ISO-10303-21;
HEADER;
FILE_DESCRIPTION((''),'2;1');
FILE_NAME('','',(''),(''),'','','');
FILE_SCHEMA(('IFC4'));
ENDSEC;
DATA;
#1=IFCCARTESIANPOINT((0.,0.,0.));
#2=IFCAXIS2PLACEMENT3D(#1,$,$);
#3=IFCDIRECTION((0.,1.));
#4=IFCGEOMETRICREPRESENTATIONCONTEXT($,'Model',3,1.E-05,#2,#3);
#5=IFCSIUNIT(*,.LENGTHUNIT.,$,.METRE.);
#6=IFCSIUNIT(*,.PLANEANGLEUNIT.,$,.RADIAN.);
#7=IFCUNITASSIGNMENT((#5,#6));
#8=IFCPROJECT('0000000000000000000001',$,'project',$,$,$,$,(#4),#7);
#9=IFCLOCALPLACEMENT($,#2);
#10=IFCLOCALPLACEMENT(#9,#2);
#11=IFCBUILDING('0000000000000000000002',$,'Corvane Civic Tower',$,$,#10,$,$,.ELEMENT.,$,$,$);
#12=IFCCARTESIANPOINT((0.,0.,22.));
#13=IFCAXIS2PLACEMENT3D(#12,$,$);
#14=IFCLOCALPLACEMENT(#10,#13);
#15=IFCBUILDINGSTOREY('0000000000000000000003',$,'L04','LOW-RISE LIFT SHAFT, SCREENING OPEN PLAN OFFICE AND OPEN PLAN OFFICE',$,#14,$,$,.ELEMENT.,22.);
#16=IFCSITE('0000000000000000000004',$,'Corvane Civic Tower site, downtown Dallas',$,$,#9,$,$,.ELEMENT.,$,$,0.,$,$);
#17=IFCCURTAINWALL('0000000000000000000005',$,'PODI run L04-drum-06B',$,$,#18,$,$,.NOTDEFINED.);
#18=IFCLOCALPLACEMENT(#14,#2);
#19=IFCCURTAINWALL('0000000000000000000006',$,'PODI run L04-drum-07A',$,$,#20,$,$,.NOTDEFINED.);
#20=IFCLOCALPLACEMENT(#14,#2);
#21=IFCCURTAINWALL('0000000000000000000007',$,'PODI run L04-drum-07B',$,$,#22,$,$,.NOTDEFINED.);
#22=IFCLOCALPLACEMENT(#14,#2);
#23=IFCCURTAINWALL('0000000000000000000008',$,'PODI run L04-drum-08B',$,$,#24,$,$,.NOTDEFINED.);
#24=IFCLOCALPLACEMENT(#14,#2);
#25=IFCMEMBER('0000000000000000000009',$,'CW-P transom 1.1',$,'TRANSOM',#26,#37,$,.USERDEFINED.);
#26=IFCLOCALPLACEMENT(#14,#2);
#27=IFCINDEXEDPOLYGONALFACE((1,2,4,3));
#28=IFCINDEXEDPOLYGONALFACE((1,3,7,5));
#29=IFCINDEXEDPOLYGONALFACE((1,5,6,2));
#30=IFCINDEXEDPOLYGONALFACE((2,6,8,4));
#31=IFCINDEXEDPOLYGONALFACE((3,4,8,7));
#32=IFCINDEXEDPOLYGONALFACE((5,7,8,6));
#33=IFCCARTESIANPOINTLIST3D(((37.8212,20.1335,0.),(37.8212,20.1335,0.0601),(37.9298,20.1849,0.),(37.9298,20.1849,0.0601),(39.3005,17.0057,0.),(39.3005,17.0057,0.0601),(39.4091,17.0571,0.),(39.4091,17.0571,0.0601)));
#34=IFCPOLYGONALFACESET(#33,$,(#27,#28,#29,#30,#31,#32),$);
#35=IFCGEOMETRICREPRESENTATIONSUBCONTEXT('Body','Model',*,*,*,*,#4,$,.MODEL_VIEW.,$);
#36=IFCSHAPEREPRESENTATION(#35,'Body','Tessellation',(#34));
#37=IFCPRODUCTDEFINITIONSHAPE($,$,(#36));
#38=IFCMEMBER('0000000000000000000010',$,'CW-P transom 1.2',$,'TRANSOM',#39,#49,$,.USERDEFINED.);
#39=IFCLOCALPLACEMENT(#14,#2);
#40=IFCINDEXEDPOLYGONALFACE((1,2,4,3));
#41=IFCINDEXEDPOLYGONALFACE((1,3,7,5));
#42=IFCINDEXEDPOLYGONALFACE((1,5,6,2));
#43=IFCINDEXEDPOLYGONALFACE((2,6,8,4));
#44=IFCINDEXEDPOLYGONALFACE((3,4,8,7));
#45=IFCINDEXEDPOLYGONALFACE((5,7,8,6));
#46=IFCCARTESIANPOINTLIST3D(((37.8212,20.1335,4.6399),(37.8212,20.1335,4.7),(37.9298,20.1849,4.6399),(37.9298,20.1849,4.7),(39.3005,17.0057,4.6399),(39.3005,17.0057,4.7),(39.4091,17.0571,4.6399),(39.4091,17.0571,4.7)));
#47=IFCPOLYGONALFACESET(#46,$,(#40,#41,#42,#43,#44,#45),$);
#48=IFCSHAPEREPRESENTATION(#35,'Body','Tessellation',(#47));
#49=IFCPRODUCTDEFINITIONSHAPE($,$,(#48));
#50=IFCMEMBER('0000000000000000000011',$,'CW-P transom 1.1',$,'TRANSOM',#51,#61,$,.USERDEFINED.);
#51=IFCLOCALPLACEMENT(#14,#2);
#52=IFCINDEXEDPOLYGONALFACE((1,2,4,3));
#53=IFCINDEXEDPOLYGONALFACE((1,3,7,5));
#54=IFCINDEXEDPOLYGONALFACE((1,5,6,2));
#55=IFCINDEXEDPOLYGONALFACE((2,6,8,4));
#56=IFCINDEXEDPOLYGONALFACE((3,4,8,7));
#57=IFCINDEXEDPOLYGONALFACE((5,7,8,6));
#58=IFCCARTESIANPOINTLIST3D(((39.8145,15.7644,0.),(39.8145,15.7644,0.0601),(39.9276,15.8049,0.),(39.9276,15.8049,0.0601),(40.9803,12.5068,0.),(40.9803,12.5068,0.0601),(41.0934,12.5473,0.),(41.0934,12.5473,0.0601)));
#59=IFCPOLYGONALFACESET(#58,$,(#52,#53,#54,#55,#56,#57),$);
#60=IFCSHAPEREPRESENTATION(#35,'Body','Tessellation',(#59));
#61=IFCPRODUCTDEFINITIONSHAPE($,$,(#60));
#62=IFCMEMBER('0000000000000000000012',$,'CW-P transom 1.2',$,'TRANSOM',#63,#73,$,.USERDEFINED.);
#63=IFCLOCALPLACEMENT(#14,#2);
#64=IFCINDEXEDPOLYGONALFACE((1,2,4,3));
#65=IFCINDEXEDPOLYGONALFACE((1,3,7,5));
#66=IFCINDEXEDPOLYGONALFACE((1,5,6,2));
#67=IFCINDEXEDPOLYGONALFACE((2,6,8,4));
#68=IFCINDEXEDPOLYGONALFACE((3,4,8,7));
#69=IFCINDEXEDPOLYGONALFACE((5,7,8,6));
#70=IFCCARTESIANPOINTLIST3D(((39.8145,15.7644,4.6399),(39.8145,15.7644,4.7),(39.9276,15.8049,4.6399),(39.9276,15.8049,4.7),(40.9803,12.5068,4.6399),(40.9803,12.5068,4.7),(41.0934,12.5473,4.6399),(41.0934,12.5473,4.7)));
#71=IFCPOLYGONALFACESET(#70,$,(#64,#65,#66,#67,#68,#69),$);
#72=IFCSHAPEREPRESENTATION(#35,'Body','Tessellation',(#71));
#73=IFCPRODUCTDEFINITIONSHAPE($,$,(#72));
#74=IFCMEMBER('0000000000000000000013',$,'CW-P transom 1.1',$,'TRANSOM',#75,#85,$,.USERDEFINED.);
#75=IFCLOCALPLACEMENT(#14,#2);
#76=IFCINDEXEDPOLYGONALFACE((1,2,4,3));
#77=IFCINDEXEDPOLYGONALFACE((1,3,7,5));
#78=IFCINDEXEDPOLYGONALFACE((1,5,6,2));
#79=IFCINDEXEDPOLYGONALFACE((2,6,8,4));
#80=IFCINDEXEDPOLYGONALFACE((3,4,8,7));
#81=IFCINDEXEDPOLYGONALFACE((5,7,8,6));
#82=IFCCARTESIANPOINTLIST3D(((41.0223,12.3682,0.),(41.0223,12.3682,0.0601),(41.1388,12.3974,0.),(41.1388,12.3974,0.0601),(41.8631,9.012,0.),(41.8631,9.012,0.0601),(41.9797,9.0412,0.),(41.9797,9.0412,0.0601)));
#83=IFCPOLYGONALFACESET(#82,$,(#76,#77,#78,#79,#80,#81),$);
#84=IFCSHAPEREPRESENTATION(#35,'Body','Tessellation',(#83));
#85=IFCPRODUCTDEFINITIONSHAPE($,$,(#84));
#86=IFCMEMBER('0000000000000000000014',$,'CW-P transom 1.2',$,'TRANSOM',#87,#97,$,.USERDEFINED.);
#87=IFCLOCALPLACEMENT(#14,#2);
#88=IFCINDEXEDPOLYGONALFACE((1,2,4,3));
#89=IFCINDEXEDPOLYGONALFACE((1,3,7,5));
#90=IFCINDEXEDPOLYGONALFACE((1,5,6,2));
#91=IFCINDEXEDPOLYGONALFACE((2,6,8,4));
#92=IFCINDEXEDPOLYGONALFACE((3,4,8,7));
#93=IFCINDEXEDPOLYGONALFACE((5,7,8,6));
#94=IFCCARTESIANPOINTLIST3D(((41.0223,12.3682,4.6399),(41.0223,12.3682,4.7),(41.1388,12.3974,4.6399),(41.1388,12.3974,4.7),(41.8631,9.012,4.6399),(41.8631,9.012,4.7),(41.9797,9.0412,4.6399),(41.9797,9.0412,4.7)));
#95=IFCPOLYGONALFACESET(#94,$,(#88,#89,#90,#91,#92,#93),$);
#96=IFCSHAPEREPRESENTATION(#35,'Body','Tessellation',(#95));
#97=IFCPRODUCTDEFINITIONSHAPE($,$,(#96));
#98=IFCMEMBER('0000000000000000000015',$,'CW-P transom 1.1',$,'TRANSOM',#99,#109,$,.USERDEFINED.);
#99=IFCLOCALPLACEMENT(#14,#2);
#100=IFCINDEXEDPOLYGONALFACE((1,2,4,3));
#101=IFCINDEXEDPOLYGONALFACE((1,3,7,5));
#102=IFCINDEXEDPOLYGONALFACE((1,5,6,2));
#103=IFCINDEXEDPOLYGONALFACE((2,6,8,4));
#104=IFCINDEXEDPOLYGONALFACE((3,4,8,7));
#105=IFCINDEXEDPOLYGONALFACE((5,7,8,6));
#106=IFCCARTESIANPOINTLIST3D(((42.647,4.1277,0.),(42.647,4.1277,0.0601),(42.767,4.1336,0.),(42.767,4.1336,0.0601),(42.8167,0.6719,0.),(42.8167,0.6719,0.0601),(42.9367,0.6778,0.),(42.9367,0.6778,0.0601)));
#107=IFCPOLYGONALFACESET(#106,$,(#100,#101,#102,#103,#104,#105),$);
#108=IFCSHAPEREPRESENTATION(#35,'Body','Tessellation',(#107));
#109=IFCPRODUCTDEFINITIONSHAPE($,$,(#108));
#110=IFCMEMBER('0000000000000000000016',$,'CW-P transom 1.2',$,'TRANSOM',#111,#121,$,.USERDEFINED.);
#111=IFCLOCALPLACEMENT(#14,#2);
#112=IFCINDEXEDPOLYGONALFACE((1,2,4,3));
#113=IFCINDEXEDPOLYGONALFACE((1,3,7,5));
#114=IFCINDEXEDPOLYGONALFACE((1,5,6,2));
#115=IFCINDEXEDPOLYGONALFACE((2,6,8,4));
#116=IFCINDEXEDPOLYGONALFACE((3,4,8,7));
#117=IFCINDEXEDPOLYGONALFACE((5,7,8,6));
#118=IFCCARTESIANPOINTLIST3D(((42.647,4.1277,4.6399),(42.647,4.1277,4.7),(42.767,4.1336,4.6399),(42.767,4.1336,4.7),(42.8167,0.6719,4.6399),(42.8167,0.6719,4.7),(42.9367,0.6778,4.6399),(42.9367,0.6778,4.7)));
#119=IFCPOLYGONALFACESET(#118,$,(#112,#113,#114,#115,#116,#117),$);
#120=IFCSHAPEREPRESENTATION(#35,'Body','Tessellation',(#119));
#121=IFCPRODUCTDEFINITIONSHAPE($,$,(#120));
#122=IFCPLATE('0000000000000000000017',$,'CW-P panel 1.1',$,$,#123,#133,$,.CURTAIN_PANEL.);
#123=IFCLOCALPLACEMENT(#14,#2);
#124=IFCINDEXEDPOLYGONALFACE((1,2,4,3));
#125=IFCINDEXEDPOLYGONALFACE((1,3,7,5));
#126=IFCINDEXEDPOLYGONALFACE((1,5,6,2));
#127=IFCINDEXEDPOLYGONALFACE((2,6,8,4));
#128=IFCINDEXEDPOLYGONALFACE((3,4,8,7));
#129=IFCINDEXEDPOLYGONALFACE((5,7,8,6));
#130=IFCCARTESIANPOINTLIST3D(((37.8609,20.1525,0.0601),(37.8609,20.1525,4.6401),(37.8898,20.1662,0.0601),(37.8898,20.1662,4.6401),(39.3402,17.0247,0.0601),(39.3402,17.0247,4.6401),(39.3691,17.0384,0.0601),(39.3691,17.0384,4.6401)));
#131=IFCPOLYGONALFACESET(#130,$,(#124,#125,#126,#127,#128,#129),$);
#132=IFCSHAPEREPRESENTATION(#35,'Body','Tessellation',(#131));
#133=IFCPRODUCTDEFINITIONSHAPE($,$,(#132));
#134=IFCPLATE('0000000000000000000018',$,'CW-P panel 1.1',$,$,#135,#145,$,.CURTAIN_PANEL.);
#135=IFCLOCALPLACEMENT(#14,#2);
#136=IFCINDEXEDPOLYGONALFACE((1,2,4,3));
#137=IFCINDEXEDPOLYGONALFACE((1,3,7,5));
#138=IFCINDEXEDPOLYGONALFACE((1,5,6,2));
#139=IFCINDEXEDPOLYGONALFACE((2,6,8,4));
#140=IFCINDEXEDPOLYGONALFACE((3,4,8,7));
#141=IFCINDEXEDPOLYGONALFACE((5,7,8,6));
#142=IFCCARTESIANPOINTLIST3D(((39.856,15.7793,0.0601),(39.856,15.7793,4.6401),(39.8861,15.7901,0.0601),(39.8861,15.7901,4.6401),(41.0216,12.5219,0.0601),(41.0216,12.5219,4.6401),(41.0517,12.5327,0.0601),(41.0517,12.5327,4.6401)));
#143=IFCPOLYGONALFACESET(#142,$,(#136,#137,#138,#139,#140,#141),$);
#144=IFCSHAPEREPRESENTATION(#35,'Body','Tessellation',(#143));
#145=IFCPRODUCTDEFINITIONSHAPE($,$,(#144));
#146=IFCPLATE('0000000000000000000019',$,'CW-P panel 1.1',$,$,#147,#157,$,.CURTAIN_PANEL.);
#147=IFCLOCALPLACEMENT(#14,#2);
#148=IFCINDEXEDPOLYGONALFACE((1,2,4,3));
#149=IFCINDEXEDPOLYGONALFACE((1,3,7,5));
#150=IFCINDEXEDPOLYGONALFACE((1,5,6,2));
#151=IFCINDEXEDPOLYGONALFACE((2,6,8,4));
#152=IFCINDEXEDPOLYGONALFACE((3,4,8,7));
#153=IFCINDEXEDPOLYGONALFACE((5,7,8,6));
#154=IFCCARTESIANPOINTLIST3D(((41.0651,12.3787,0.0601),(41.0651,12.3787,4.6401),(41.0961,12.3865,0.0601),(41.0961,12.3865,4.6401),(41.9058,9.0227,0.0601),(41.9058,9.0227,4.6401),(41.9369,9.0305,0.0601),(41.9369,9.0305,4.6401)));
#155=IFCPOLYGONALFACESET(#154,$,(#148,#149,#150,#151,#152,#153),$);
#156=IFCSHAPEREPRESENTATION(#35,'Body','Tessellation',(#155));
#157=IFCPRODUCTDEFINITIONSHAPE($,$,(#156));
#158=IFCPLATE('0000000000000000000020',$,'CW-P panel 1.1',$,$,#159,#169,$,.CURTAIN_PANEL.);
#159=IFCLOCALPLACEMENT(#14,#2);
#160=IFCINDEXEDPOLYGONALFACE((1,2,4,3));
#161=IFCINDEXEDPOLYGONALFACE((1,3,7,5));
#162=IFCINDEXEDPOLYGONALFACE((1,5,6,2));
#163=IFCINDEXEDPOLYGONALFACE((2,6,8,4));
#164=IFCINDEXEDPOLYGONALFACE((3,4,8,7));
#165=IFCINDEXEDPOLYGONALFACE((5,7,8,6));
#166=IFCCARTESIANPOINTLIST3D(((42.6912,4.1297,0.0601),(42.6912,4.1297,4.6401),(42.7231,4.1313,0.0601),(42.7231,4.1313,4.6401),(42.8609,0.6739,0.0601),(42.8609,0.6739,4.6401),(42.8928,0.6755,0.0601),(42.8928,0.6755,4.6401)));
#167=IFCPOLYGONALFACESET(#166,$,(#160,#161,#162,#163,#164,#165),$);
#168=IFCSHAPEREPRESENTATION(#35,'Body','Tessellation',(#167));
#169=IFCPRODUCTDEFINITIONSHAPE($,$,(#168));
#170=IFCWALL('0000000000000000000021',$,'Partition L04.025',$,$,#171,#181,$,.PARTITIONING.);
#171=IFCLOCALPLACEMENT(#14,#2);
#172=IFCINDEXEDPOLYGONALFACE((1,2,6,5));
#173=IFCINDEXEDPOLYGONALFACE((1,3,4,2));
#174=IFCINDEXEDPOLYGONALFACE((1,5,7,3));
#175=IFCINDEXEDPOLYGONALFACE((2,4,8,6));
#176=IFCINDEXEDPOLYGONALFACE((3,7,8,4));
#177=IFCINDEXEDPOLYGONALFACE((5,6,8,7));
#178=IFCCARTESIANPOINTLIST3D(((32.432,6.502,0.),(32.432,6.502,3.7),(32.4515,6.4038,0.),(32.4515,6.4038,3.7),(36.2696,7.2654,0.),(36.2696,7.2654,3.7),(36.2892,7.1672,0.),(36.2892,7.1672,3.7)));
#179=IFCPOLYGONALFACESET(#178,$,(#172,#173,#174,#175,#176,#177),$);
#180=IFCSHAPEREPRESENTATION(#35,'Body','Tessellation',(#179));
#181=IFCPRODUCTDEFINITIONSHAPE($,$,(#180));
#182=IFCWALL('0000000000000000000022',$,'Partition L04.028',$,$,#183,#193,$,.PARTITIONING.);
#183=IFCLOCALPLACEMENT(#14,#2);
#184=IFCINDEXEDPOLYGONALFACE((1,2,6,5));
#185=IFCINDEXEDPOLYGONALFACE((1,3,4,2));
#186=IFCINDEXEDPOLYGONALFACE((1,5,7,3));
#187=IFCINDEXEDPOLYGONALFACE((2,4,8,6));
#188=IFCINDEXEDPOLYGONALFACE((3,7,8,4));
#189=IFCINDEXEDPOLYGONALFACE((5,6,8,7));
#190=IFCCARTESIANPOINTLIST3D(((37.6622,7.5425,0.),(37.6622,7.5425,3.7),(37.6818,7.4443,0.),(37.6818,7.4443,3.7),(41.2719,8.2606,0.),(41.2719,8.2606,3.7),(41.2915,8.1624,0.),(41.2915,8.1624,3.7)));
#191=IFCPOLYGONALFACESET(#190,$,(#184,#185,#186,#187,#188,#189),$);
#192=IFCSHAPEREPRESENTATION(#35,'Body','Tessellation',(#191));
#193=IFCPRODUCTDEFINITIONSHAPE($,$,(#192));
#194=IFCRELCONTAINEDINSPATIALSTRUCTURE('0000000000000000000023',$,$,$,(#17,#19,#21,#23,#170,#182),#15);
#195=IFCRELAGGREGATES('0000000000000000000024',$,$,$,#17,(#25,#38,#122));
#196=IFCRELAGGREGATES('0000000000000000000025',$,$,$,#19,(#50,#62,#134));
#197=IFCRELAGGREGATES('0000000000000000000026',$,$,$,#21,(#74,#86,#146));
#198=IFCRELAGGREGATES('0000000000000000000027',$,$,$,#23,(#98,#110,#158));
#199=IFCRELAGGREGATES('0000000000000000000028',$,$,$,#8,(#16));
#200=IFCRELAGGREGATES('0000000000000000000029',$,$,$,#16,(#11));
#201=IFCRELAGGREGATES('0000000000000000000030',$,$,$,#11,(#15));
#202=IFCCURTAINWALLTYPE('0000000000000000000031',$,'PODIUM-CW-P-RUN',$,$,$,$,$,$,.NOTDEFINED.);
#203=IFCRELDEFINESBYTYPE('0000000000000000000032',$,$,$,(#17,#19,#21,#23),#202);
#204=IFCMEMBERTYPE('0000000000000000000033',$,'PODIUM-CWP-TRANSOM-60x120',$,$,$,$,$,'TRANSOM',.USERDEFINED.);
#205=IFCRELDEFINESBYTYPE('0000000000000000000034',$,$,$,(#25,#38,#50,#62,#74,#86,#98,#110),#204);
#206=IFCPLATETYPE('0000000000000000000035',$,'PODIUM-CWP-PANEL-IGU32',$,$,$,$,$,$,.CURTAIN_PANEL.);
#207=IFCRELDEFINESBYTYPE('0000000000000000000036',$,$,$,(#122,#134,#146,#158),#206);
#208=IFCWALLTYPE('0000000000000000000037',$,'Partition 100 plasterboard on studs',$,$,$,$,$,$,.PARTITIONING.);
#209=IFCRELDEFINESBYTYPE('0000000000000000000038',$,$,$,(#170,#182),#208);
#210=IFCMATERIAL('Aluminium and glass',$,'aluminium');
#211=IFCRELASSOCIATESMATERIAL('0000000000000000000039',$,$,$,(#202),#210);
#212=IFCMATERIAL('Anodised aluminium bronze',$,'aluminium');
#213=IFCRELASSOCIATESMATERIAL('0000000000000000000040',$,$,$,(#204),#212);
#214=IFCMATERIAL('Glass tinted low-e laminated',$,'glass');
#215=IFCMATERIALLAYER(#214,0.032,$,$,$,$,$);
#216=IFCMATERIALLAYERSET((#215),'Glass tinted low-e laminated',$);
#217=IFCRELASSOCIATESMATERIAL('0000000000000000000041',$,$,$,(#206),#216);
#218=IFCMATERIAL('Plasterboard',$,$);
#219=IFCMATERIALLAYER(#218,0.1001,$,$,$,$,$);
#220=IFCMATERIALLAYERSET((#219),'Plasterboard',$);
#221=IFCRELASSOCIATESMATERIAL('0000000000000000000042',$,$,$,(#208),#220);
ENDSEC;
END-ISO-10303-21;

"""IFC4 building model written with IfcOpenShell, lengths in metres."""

from ifc_helpers import new_model, si_unit, direction, frame, frame_2d, origin, origin_2d, place, context, subcontext, project, spatial, rectangle, extrude, material, layer, layer_set, material_profile, profile_set, type_object, element, aggregate, save


model = new_model("IFC4")

# Units and contexts
model_context = context("Model", 3, precision=1e-05, world=origin(), true_north=direction((0.0, 1.0)))
body_context = subcontext(model_context, "Body", "Model", "MODEL_VIEW")
ifc_project = project(units=[si_unit("LENGTHUNIT", "METRE"), si_unit("PLANEANGLEUNIT", "RADIAN")], contexts=[model_context])

# Site, building, storey
site_placement = place(None, origin())
site = spatial("IfcSite", under=ifc_project, at=site_placement, Name="Corvane Civic Tower site, downtown Dallas", CompositionType="ELEMENT", RefElevation=0.0)
building_placement = place(site_placement, origin())
building = spatial("IfcBuilding", under=site, at=building_placement, Name="Corvane Civic Tower", CompositionType="ELEMENT")
storey_placement = place(building_placement, frame((0.0, 0.0, 22.0)))
storey = spatial("IfcBuildingStorey", under=building, at=storey_placement, Name="L04", Description="LOW-RISE LIFT SHAFT, SCREENING OPEN PLAN OFFICE AND OPEN PLAN OFFICE", CompositionType="ELEMENT", Elevation=22.0)

# Curtain wall
ifc_material_1 = material(Name="Aluminium and glass", Category="aluminium")
curtain_wall_type = type_object("IfcCurtainWallType", Name="PODIUM-CW-P-RUN", PredefinedType="NOTDEFINED", material=ifc_material_1)
curtain_wall_1_placement = place(storey_placement, origin())
curtain_wall_1 = element("IfcCurtainWall", 1, at=curtain_wall_1_placement, inside=storey, type_object=curtain_wall_type, Name="PODI run L04-drum-06B", PredefinedType="NOTDEFINED")

# Curtain walls
curtain_wall_2_placement = place(storey_placement, origin())
curtain_wall_2 = element("IfcCurtainWall", 2, at=curtain_wall_2_placement, inside=storey, type_object=curtain_wall_type, Name="PODI run L04-drum-07A", PredefinedType="NOTDEFINED")
curtain_wall_3_placement = place(storey_placement, origin())
curtain_wall_3 = element("IfcCurtainWall", 3, at=curtain_wall_3_placement, inside=storey, type_object=curtain_wall_type, Name="PODI run L04-drum-07B", PredefinedType="NOTDEFINED")
curtain_wall_4_placement = place(storey_placement, origin())
curtain_wall_4 = element("IfcCurtainWall", 4, at=curtain_wall_4_placement, inside=storey, type_object=curtain_wall_type, Name="PODI run L04-drum-08B", PredefinedType="NOTDEFINED")

# Members
ifc_material_2 = material(Name="Anodised aluminium bronze", Category="aluminium")
ifc_material_profile_1 = material_profile(ifc_material_2, rectangle(XDim=0.1201, YDim=0.0601, at=origin_2d()), Name="AL 120x60")
ifc_profile_set_1 = profile_set([ifc_material_profile_1], Name="Anodised aluminium bronze")
member_type_1 = type_object("IfcMemberType", Name="PODIUM-CWP-TRANSOM-60x120", ElementType="TRANSOM", PredefinedType="USERDEFINED", material=ifc_profile_set_1)
member_1_placement = place(storey_placement, frame((37.8755, 20.1592, 0.03), z_axis=(0.427546, -0.903993, 0.0), x_axis=(0.903993, 0.427546, 0.0)))
member_1 = element("IfcMember", 5, at=member_1_placement, type_object=member_type_1, Name="CW-P transom 1.1", ObjectType="TRANSOM", PredefinedType="USERDEFINED", context=body_context, shape_type="SweptSolid", body=[
    extrude(rectangle(XDim=0.1201, YDim=0.0601, at=origin_2d()), origin(), (0.0, 0.0, 1.0), 3.46),
])
member_2_placement = place(storey_placement, frame((37.8755, 20.1592, 4.6699), z_axis=(0.427546, -0.903993, 0.0), x_axis=(0.903993, 0.427546, 0.0)))
member_2 = element("IfcMember", 6, at=member_2_placement, type_object=member_type_1, Name="CW-P transom 1.2", ObjectType="TRANSOM", PredefinedType="USERDEFINED", context=body_context, shape_type="SweptSolid", body=[
    extrude(rectangle(XDim=0.1201, YDim=0.0601, at=origin_2d()), origin(), (0.0, 0.0, 1.0), 3.46),
])
member_3_placement = place(storey_placement, frame((39.8711, 15.7847, 0.03), z_axis=(0.33694, -0.941526, 0.0), x_axis=(0.941526, 0.33694, 0.0)))
member_3 = element("IfcMember", 7, at=member_3_placement, type_object=member_type_1, Name="CW-P transom 1.1", ObjectType="TRANSOM", PredefinedType="USERDEFINED", context=body_context, shape_type="SweptSolid", body=[
    extrude(rectangle(XDim=0.1201, YDim=0.0601, at=origin_2d()), origin(), (0.0, 0.0, 1.0), 3.46),
])
member_4_placement = place(storey_placement, frame((39.8711, 15.7847, 4.6699), z_axis=(0.33694, -0.941526, 0.0), x_axis=(0.941526, 0.33694, 0.0)))
member_4 = element("IfcMember", 8, at=member_4_placement, type_object=member_type_1, Name="CW-P transom 1.2", ObjectType="TRANSOM", PredefinedType="USERDEFINED", context=body_context, shape_type="SweptSolid", body=[
    extrude(rectangle(XDim=0.1201, YDim=0.0601, at=origin_2d()), origin(), (0.0, 0.0, 1.0), 3.46),
])
member_5_placement = place(storey_placement, frame((41.0806, 12.3828, 0.03), z_axis=(0.243017, -0.970022, 0.0), x_axis=(0.970022, 0.243017, 0.0)))
member_5 = element("IfcMember", 9, at=member_5_placement, type_object=member_type_1, Name="CW-P transom 1.1", ObjectType="TRANSOM", PredefinedType="USERDEFINED", context=body_context, shape_type="SweptSolid", body=[
    extrude(rectangle(XDim=0.1201, YDim=0.0601, at=origin_2d()), origin(), (0.0, 0.0, 1.0), 3.46),
])
member_6_placement = place(storey_placement, frame((41.0806, 12.3828, 4.6699), z_axis=(0.243017, -0.970022, 0.0), x_axis=(0.970022, 0.243017, 0.0)))
member_6 = element("IfcMember", 10, at=member_6_placement, type_object=member_type_1, Name="CW-P transom 1.2", ObjectType="TRANSOM", PredefinedType="USERDEFINED", context=body_context, shape_type="SweptSolid", body=[
    extrude(rectangle(XDim=0.1201, YDim=0.0601, at=origin_2d()), origin(), (0.0, 0.0, 1.0), 3.46),
])
member_7_placement = place(storey_placement, frame((42.707, 4.1306, 0.03), z_axis=(0.04904, -0.998797, 0.0), x_axis=(0.998797, 0.04904, 0.0)))
member_7 = element("IfcMember", 11, at=member_7_placement, type_object=member_type_1, Name="CW-P transom 1.1", ObjectType="TRANSOM", PredefinedType="USERDEFINED", context=body_context, shape_type="SweptSolid", body=[
    extrude(rectangle(XDim=0.1201, YDim=0.0601, at=origin_2d()), origin(), (0.0, 0.0, 1.0), 3.46),
])
member_8_placement = place(storey_placement, frame((42.707, 4.1306, 4.6699), z_axis=(0.04904, -0.998797, 0.0), x_axis=(0.998797, 0.04904, 0.0)))
member_8 = element("IfcMember", 12, at=member_8_placement, type_object=member_type_1, Name="CW-P transom 1.2", ObjectType="TRANSOM", PredefinedType="USERDEFINED", context=body_context, shape_type="SweptSolid", body=[
    extrude(rectangle(XDim=0.1201, YDim=0.0601, at=origin_2d()), origin(), (0.0, 0.0, 1.0), 3.46),
])

# Plates
ifc_material_3 = material(Name="Glass tinted low-e laminated", Category="glass")
ifc_layer_1 = layer(ifc_material_3, 0.032)
ifc_layer_set_1 = layer_set([ifc_layer_1], Name="Glass tinted low-e laminated")
plate_type = type_object("IfcPlateType", Name="PODIUM-CWP-PANEL-IGU32", PredefinedType="CURTAIN_PANEL", material=ifc_layer_set_1)
plate_1_placement = place(storey_placement, frame((38.615, 18.5955, 0.0601), z_axis=(0.0, 0.0, 1.0), x_axis=(0.427553, -0.90399, 0.0)))
plate_1 = element("IfcPlate", 13, at=plate_1_placement, type_object=plate_type, Name="CW-P panel 1.1", PredefinedType="CURTAIN_PANEL", context=body_context, shape_type="SweptSolid", body=[
    extrude(rectangle(XDim=3.46, YDim=0.032, at=origin_2d()), origin(), (0.0, 0.0, 1.0), 4.5801),
])
aggregate(curtain_wall_1, [member_1, member_2, plate_1])
plate_2_placement = place(storey_placement, frame((40.4539, 14.156, 0.0601), z_axis=(0.0, 0.0, 1.0), x_axis=(0.336919, -0.941534, 0.0)))
plate_2 = element("IfcPlate", 14, at=plate_2_placement, type_object=plate_type, Name="CW-P panel 1.1", PredefinedType="CURTAIN_PANEL", context=body_context, shape_type="SweptSolid", body=[
    extrude(rectangle(XDim=3.4597, YDim=0.032, at=origin_2d()), origin(), (0.0, 0.0, 1.0), 4.5801),
])
aggregate(curtain_wall_2, [member_3, member_4, plate_2])
plate_3_placement = place(storey_placement, frame((41.501, 10.7046, 0.0601), z_axis=(0.0, 0.0, 1.0), x_axis=(0.243009, -0.970024, 0.0)))
plate_3 = element("IfcPlate", 15, at=plate_3_placement, type_object=plate_type, Name="CW-P panel 1.1", PredefinedType="CURTAIN_PANEL", context=body_context, shape_type="SweptSolid", body=[
    extrude(rectangle(XDim=3.4597, YDim=0.032, at=origin_2d()), origin(), (0.0, 0.0, 1.0), 4.5801),
])
aggregate(curtain_wall_3, [member_5, member_6, plate_3])
plate_4_placement = place(storey_placement, frame((42.792, 2.4026, 0.0601), z_axis=(0.0, 0.0, 1.0), x_axis=(0.04905, -0.998796, 0.0)))
plate_4 = element("IfcPlate", 16, at=plate_4_placement, type_object=plate_type, Name="CW-P panel 1.1", PredefinedType="CURTAIN_PANEL", context=body_context, shape_type="SweptSolid", body=[
    extrude(rectangle(XDim=3.46, YDim=0.032, at=origin_2d()), origin(), (0.0, 0.0, 1.0), 4.5801),
])
aggregate(curtain_wall_4, [member_7, member_8, plate_4])

# Walls
ifc_material_4 = material(Name="Plasterboard")
ifc_layer_2 = layer(ifc_material_4, 0.1001)
ifc_layer_set_2 = layer_set([ifc_layer_2], Name="Plasterboard")
wall_type_1 = type_object("IfcWallType", Name="Partition 100 plasterboard on studs", PredefinedType="PARTITIONING", material=ifc_layer_set_2)
wall_1_placement = place(storey_placement, frame((32.4417, 6.4529, 0.0), z_axis=(0.0, 0.0, 1.0), x_axis=(0.980782, 0.195108, 0.0)))
element("IfcWall", 17, at=wall_1_placement, inside=storey, type_object=wall_type_1, Name="Partition L04.025", PredefinedType="PARTITIONING", context=body_context, shape_type="SweptSolid", body=[
    extrude(rectangle(XDim=3.9128, YDim=0.1001, at=frame_2d((1.9565, 0.0))), origin(), (0.0, 0.0, 1.0), 3.7),
])
wall_2_placement = place(storey_placement, frame((37.6719, 7.4934, 0.0), z_axis=(0.0, 0.0, 1.0), x_axis=(0.980784, 0.195095, 0.0)))
element("IfcWall", 18, at=wall_2_placement, inside=storey, type_object=wall_type_1, Name="Partition L04.028", PredefinedType="PARTITIONING", context=body_context, shape_type="SweptSolid", body=[
    extrude(rectangle(XDim=3.6804, YDim=0.1001, at=frame_2d((1.8403, 0.0))), origin(), (0.0, 0.0, 1.0), 3.7),
])

save(model, "model.ifc")
